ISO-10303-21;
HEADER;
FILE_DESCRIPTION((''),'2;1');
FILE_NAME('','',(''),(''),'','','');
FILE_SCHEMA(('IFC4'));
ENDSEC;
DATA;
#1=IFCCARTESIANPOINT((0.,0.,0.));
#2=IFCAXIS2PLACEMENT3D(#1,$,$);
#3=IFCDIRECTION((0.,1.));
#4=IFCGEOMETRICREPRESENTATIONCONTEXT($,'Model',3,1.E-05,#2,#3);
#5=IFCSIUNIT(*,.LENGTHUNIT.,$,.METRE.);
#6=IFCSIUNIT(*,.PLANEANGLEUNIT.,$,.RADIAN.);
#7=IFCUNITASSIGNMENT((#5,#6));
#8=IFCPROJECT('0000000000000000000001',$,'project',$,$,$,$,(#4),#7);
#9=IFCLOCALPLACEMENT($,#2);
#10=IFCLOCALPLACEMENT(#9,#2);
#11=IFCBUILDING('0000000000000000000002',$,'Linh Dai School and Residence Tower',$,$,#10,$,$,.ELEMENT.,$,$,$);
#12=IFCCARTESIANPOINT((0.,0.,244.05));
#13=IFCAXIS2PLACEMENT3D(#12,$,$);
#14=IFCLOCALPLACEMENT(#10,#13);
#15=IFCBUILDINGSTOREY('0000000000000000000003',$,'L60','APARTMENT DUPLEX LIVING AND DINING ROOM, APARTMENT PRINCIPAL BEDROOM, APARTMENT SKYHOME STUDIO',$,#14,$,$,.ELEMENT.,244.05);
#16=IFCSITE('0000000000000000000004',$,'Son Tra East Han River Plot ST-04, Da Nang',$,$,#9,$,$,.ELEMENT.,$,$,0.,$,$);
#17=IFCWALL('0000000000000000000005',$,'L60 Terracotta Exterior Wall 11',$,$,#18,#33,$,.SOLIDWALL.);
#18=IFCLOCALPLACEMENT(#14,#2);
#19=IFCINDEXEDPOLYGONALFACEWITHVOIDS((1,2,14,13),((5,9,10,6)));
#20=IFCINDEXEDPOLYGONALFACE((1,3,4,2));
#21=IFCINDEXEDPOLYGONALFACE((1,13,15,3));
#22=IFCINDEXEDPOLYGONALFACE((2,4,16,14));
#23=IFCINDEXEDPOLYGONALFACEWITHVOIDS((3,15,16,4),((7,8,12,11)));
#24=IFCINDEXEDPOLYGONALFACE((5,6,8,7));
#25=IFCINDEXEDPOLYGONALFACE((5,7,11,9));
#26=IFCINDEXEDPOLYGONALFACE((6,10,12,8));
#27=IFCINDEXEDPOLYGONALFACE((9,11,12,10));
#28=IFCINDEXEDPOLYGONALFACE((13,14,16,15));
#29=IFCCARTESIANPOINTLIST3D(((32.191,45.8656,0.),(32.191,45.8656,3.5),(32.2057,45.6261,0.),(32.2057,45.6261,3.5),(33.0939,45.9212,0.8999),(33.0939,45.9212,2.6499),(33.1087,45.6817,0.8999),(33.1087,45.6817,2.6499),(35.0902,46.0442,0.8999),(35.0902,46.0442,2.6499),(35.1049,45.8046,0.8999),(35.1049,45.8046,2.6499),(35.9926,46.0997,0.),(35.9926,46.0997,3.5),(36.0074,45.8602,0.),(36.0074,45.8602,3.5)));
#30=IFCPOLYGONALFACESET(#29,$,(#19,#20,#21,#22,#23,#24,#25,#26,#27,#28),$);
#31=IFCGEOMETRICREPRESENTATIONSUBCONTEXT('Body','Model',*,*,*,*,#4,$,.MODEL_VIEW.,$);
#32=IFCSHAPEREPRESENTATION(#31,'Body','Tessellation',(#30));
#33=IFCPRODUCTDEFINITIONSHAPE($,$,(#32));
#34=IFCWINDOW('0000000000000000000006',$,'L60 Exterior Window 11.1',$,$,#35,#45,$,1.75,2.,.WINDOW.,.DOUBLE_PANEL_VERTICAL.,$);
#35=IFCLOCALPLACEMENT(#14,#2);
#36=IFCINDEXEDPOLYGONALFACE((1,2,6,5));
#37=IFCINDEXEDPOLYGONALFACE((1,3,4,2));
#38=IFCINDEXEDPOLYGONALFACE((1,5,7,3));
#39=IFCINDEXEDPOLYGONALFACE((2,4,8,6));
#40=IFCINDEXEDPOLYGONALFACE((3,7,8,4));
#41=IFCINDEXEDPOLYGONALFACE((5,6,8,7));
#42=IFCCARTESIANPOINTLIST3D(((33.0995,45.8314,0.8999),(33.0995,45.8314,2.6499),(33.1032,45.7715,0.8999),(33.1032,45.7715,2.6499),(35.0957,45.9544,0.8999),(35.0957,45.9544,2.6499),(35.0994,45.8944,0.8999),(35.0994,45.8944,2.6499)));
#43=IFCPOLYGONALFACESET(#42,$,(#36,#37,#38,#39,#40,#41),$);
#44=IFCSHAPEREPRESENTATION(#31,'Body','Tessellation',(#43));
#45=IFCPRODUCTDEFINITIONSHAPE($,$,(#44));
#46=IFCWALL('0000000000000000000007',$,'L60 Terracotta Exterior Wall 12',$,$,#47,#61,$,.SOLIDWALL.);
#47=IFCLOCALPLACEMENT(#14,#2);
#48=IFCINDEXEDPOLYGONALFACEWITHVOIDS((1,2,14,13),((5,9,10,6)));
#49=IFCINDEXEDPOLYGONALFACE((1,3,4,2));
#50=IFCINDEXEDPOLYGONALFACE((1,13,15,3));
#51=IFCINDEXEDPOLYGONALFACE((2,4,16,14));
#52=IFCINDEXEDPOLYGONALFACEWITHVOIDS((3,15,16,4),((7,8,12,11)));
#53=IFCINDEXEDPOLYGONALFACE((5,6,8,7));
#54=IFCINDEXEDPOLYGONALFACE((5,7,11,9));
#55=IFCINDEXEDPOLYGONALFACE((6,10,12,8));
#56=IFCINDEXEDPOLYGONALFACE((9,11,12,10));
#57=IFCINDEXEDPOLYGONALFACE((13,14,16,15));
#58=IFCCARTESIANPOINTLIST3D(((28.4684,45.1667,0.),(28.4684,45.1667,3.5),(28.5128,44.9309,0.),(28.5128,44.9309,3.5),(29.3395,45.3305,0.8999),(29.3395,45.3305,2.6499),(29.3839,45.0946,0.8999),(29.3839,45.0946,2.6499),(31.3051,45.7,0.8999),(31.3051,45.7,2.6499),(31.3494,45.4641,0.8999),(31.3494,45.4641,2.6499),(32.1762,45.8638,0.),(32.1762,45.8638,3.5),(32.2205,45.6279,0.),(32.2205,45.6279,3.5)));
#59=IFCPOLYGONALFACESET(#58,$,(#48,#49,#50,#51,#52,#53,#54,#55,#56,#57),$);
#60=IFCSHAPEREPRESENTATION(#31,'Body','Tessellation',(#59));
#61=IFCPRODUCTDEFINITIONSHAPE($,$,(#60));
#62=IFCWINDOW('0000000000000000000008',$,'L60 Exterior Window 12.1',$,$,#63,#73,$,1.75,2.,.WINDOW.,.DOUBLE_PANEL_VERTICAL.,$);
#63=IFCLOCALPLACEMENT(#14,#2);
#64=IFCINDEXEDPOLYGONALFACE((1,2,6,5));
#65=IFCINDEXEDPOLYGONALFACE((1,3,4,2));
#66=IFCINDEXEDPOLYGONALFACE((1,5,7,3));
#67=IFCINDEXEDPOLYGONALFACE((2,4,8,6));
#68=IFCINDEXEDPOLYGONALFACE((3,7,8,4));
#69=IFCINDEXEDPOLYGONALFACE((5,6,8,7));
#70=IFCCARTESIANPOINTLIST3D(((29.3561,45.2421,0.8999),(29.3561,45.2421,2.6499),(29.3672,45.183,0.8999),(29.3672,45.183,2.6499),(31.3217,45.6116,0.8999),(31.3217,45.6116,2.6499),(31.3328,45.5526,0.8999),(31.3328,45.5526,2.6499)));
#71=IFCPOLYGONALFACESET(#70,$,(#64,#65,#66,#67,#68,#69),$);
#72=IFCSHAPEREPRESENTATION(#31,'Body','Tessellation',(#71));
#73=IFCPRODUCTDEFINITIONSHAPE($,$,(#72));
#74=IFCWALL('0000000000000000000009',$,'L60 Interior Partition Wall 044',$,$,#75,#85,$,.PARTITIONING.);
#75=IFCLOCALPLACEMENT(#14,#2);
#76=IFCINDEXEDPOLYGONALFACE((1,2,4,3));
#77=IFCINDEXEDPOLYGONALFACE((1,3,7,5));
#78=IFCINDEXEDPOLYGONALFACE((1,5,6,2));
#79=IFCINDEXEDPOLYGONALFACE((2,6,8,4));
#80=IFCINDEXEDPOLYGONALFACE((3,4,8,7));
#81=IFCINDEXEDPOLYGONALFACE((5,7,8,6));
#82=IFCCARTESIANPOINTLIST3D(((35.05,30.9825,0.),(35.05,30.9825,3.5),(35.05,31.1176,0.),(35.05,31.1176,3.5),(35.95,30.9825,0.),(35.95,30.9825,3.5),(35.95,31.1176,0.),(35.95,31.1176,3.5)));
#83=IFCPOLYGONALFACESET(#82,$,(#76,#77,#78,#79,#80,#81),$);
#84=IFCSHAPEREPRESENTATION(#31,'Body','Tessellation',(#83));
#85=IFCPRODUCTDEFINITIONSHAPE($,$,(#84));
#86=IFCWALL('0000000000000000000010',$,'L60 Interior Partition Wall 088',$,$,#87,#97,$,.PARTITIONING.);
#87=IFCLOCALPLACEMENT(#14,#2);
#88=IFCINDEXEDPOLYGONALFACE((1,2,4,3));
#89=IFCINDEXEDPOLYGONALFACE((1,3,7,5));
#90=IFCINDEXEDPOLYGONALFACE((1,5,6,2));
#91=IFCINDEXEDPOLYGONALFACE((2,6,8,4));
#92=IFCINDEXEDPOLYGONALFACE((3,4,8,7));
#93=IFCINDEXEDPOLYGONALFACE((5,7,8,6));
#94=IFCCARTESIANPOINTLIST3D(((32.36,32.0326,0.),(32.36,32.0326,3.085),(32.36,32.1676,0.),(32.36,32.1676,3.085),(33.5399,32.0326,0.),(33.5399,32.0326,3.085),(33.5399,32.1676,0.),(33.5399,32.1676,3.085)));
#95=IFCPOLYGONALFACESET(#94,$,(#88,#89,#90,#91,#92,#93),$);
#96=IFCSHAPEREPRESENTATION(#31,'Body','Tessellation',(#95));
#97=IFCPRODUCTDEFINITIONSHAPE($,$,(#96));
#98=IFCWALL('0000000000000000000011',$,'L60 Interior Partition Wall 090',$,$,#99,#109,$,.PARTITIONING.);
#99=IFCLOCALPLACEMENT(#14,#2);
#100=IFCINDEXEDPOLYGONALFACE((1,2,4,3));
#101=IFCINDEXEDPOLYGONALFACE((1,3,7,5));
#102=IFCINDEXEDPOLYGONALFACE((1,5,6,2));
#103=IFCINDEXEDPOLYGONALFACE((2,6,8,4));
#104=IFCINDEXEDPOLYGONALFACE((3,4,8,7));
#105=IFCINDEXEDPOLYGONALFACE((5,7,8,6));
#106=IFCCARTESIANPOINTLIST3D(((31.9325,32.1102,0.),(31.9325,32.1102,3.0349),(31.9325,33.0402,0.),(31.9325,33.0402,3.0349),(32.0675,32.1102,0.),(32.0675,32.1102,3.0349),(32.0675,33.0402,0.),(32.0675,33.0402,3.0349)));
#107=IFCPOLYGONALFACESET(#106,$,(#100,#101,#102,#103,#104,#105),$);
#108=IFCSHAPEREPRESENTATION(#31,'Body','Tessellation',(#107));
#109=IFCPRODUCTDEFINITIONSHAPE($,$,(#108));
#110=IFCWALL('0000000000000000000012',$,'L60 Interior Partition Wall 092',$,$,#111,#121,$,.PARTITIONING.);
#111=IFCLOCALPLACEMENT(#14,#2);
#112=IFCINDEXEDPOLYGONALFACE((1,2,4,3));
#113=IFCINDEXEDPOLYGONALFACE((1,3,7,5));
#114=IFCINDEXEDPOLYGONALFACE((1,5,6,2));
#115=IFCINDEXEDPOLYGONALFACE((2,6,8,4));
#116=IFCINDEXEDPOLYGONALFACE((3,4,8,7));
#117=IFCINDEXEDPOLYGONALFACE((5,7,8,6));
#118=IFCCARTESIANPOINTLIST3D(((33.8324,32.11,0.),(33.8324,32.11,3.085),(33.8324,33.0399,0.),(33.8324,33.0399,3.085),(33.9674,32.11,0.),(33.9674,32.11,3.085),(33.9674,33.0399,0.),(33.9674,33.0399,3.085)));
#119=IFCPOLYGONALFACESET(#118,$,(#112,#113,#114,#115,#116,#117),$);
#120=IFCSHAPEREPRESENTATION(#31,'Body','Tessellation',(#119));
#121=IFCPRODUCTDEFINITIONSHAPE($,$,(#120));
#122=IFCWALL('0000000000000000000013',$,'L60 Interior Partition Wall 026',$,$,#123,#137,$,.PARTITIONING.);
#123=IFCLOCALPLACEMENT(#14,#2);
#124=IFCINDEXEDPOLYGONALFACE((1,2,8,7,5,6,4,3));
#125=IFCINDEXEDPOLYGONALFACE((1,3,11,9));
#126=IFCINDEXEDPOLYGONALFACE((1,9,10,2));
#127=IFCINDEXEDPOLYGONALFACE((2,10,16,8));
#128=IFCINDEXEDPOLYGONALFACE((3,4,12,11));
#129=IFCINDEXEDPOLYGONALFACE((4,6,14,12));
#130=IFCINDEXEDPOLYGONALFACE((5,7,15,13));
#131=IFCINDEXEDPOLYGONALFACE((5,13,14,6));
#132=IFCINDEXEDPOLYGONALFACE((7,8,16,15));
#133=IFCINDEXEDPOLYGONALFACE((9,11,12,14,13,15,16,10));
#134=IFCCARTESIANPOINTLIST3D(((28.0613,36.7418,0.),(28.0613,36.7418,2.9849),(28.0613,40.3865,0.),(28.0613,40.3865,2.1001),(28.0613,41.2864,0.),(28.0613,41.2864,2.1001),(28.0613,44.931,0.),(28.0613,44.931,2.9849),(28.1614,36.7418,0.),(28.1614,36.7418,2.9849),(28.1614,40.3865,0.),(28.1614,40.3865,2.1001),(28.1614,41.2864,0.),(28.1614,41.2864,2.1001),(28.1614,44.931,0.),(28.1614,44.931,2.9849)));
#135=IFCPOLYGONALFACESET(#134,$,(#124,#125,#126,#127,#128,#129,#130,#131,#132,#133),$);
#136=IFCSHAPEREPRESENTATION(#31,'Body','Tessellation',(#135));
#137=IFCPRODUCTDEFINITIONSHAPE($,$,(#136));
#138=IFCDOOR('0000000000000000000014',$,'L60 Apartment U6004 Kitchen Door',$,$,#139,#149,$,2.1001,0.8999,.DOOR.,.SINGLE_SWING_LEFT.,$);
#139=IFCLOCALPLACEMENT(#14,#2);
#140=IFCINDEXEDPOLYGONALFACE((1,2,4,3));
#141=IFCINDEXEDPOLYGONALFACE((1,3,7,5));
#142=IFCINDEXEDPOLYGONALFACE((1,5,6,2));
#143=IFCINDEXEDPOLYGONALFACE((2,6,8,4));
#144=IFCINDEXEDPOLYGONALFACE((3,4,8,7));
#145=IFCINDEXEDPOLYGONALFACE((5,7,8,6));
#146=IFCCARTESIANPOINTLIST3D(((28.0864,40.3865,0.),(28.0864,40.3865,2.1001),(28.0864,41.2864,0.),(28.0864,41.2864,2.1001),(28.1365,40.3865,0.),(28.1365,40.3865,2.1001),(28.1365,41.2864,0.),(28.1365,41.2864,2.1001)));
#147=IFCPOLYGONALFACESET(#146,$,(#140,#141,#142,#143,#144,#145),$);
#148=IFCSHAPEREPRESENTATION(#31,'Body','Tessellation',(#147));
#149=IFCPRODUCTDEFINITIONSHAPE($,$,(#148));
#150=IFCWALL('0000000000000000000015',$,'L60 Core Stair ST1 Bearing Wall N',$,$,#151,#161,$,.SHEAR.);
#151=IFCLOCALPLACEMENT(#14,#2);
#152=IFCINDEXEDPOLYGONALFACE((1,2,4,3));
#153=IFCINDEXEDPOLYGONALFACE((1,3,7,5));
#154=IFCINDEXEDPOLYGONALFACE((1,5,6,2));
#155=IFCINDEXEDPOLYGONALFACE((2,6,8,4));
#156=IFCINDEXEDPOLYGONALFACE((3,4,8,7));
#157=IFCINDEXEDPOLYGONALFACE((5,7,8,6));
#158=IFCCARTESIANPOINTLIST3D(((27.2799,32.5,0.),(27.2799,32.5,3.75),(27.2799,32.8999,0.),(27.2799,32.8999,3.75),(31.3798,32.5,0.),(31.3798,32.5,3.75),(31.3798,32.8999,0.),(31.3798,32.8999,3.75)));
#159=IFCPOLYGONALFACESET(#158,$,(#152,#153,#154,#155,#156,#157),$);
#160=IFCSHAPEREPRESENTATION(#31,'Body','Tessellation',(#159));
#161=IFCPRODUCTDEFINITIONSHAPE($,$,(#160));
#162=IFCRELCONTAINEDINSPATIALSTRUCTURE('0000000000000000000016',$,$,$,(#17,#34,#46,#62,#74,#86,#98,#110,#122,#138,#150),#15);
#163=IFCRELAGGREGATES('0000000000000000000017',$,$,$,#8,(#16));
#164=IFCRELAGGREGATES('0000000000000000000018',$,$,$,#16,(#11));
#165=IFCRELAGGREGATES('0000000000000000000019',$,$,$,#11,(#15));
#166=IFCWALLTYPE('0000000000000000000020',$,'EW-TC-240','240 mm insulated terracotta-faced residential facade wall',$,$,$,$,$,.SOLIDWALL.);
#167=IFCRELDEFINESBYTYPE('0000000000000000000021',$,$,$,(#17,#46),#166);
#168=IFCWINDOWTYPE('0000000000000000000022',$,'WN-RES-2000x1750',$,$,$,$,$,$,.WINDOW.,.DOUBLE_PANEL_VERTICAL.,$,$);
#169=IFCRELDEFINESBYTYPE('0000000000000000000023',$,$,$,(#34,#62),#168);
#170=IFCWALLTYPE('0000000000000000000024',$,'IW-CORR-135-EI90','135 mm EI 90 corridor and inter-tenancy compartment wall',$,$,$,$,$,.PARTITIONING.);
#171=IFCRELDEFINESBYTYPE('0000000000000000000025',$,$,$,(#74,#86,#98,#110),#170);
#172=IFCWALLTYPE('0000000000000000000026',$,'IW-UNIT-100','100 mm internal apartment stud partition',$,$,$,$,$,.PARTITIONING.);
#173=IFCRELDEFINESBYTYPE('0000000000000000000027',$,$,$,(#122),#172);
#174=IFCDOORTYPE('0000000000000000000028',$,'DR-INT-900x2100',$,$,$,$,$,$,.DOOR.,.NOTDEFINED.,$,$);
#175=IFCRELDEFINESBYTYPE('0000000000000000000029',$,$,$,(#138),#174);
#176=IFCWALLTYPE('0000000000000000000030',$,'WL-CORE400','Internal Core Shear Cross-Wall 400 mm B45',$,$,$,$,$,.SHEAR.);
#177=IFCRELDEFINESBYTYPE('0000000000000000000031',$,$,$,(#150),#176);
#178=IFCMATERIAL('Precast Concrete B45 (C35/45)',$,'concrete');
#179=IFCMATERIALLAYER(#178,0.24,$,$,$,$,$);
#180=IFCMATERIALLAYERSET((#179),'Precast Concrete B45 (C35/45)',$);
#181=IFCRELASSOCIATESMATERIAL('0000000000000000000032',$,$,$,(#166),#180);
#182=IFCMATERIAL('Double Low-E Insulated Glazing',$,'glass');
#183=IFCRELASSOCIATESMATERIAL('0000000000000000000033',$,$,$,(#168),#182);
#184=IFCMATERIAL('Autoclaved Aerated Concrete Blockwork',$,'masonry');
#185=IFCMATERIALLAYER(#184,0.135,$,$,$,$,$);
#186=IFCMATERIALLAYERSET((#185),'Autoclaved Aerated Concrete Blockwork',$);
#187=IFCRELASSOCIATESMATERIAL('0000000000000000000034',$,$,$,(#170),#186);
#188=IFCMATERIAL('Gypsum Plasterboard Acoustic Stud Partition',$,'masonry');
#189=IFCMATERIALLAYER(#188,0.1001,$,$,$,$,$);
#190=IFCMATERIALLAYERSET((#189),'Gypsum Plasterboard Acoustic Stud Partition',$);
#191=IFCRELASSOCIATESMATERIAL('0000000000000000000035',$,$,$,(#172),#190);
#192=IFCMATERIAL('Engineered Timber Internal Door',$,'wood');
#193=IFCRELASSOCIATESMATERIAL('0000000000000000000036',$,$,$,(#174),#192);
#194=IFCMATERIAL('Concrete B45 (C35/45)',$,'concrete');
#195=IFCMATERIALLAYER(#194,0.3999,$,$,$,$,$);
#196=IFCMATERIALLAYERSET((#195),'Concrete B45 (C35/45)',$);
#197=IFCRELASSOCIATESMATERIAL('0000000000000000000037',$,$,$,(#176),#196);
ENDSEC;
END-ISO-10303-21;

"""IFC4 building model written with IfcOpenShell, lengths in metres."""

from ifc_helpers import new_model, si_unit, direction, frame, frame_2d, origin, origin_2d, place, context, subcontext, project, spatial, rectangle, extrude, source, transform, mapped, material, layer, layer_set, type_object, element, fill, save


model = new_model("IFC4")

# Units and contexts
model_context = context("Model", 3, precision=1e-05, world=origin(), true_north=direction((0.0, 1.0)))
body_context = subcontext(model_context, "Body", "Model", "MODEL_VIEW")
ifc_project = project(units=[si_unit("LENGTHUNIT", "METRE"), si_unit("PLANEANGLEUNIT", "RADIAN")], contexts=[model_context])

# Site, building, storey
site_placement = place(None, origin())
site = spatial("IfcSite", under=ifc_project, at=site_placement, Name="Son Tra East Han River Plot ST-04, Da Nang", CompositionType="ELEMENT", RefElevation=0.0)
building_placement = place(site_placement, origin())
building = spatial("IfcBuilding", under=site, at=building_placement, Name="Linh Dai School and Residence Tower", CompositionType="ELEMENT")
storey_placement = place(building_placement, frame((0.0, 0.0, 244.05)))
storey = spatial("IfcBuildingStorey", under=building, at=storey_placement, Name="L60", Description="APARTMENT DUPLEX LIVING AND DINING ROOM, APARTMENT PRINCIPAL BEDROOM, APARTMENT SKYHOME STUDIO", CompositionType="ELEMENT", Elevation=244.05)

# Walls, openings, windows
ifc_material_1 = material(Name="Precast Concrete B45 (C35/45)", Category="concrete")
ifc_layer_1 = layer(ifc_material_1, 0.24)
ifc_layer_set_1 = layer_set([ifc_layer_1], Name="Precast Concrete B45 (C35/45)")
wall_type_1 = type_object("IfcWallType", Name="EW-TC-240", Description="240 mm insulated terracotta-faced residential facade wall", PredefinedType="SOLIDWALL", material=ifc_layer_set_1)
wall_1_placement = place(storey_placement, frame((32.1985, 45.7458, 0.0), z_axis=(0.0, 0.0, 1.0), x_axis=(0.998109, 0.061472, 0.0)))
wall_1 = element("IfcWall", 1, at=wall_1_placement, inside=storey, type_object=wall_type_1, Name="L60 Terracotta Exterior Wall 11", PredefinedType="SOLIDWALL", context=body_context, shape_type="SweptSolid", body=[
    extrude(rectangle(XDim=3.8088, YDim=0.24, at=frame_2d((1.9043, 0.0))), origin(), (0.0, 0.0, 1.0), 3.5),
])
opening_1_placement = place(wall_1_placement, frame((0.9045, 0.0, 0.8999)))
opening_1 = element("IfcOpeningElement", 2, at=opening_1_placement, cuts=wall_1, PredefinedType="OPENING", context=body_context, shape_type="SweptSolid", body=[
    extrude(rectangle(XDim=2.0, YDim=1.75, at=origin_2d()), frame((1.0, 0.1299, 0.875), z_axis=(0.0, -1.0, 0.0), x_axis=(1.0, 0.0, 0.0)), (0.0, 0.0, 1.0), 0.26),
])
ifc_material_2 = material(Name="Double Low-E Insulated Glazing", Category="glass")
window_type = type_object("IfcWindowType", Name="WN-RES-2000x1750", PartitioningType="DOUBLE_PANEL_VERTICAL", PredefinedType="WINDOW", material=ifc_material_2)
shared_shape_1 = source(origin(), body_context, "Body", "SweptSolid", [
    extrude(rectangle(XDim=2.0, YDim=1.75, at=origin_2d()), frame((1.0, 0.03, 0.875), z_axis=(0.0, -1.0, 0.0), x_axis=(1.0, 0.0, 0.0)), (0.0, 0.0, 1.0), 0.0601),
])
window_1_placement = place(opening_1_placement, origin())
window_1 = element("IfcWindow", 3, at=window_1_placement, inside=storey, type_object=window_type, Name="L60 Exterior Window 11.1", OverallHeight=1.75, OverallWidth=2.0, PartitioningType="DOUBLE_PANEL_VERTICAL", PredefinedType="WINDOW", context=body_context, shape_type="MappedRepresentation", body=[
    mapped(shared_shape_1, transform((0.0, 0.0, 0.0), x_axis=(1.0, 0.0, 0.0), y_axis=(0.0, 1.0, 0.0), z_axis=(0.0, 0.0, 1.0), scale=1.0)),
])
fill(opening_1, window_1)
wall_2_placement = place(storey_placement, frame((28.4907, 45.0488, 0.0), z_axis=(0.0, 0.0, 1.0), x_axis=(0.982785, 0.184753, 0.0)))
wall_2 = element("IfcWall", 4, at=wall_2_placement, inside=storey, type_object=wall_type_1, Name="L60 Terracotta Exterior Wall 12", PredefinedType="SOLIDWALL", context=body_context, shape_type="SweptSolid", body=[
    extrude(rectangle(XDim=3.7727, YDim=0.24, at=frame_2d((1.8862, 0.0))), origin(), (0.0, 0.0, 1.0), 3.5),
])
opening_2_placement = place(wall_2_placement, frame((0.8862, 0.0, 0.8999)))
opening_2 = element("IfcOpeningElement", 5, at=opening_2_placement, cuts=wall_2, PredefinedType="OPENING", context=body_context, shape_type="SweptSolid", body=[
    extrude(rectangle(XDim=2.0, YDim=1.75, at=origin_2d()), frame((1.0, 0.1299, 0.875), z_axis=(0.0, -1.0, 0.0), x_axis=(1.0, 0.0, 0.0)), (0.0, 0.0, 1.0), 0.26),
])
window_2_placement = place(opening_2_placement, origin())
window_2 = element("IfcWindow", 6, at=window_2_placement, inside=storey, type_object=window_type, Name="L60 Exterior Window 12.1", OverallHeight=1.75, OverallWidth=2.0, PartitioningType="DOUBLE_PANEL_VERTICAL", PredefinedType="WINDOW", context=body_context, shape_type="MappedRepresentation", body=[
    mapped(shared_shape_1, transform((0.0, 0.0, 0.0), x_axis=(1.0, 0.0, 0.0), y_axis=(0.0, 1.0, 0.0), z_axis=(0.0, 0.0, 1.0), scale=1.0)),
])
fill(opening_2, window_2)

# Walls
ifc_material_3 = material(Name="Autoclaved Aerated Concrete Blockwork", Category="masonry")
ifc_layer_2 = layer(ifc_material_3, 0.135)
ifc_layer_set_2 = layer_set([ifc_layer_2], Name="Autoclaved Aerated Concrete Blockwork")
wall_type_2 = type_object("IfcWallType", Name="IW-CORR-135-EI90", Description="135 mm EI 90 corridor and inter-tenancy compartment wall", PredefinedType="PARTITIONING", material=ifc_layer_set_2)
wall_3_placement = place(storey_placement, frame((35.05, 31.05, 0.0), z_axis=(0.0, 0.0, 1.0), x_axis=(1.0, 0.0, 0.0)))
element("IfcWall", 7, at=wall_3_placement, inside=storey, type_object=wall_type_2, Name="L60 Interior Partition Wall 044", PredefinedType="PARTITIONING", context=body_context, shape_type="SweptSolid", body=[
    extrude(rectangle(XDim=0.8999, YDim=0.135, at=frame_2d((0.45, 0.0))), origin(), (0.0, 0.0, 1.0), 3.5),
])
wall_4_placement = place(storey_placement, frame((32.3601, 32.1001, 0.0), z_axis=(0.0, 0.0, 1.0), x_axis=(1.0, 0.0, 0.0)))
element("IfcWall", 8, at=wall_4_placement, inside=storey, type_object=wall_type_2, Name="L60 Interior Partition Wall 088", PredefinedType="PARTITIONING", context=body_context, shape_type="SweptSolid", body=[
    extrude(rectangle(XDim=1.1799, YDim=0.135, at=frame_2d((0.5898, 0.0))), origin(), (0.0, 0.0, 1.0), 3.085),
])
wall_5_placement = place(storey_placement, frame((32.0, 33.04, 0.0), z_axis=(0.0, 0.0, 1.0), x_axis=(0.0, -1.0, 0.0)))
element("IfcWall", 9, at=wall_5_placement, inside=storey, type_object=wall_type_2, Name="L60 Interior Partition Wall 090", PredefinedType="PARTITIONING", context=body_context, shape_type="SweptSolid", body=[
    extrude(rectangle(XDim=0.9299, YDim=0.135, at=frame_2d((0.4648, 0.0))), origin(), (0.0, 0.0, 1.0), 3.0349),
])
wall_6_placement = place(storey_placement, frame((33.8999, 32.1101, 0.0), z_axis=(0.0, 0.0, 1.0), x_axis=(0.0, 1.0, 0.0)))
element("IfcWall", 10, at=wall_6_placement, inside=storey, type_object=wall_type_2, Name="L60 Interior Partition Wall 092", PredefinedType="PARTITIONING", context=body_context, shape_type="SweptSolid", body=[
    extrude(rectangle(XDim=0.9299, YDim=0.135, at=frame_2d((0.4648, 0.0))), origin(), (0.0, 0.0, 1.0), 3.085),
])

# Wall, opening, door
ifc_material_4 = material(Name="Gypsum Plasterboard Acoustic Stud Partition", Category="masonry")
ifc_layer_3 = layer(ifc_material_4, 0.1001)
ifc_layer_set_3 = layer_set([ifc_layer_3], Name="Gypsum Plasterboard Acoustic Stud Partition")
wall_type_3 = type_object("IfcWallType", Name="IW-UNIT-100", Description="100 mm internal apartment stud partition", PredefinedType="PARTITIONING", material=ifc_layer_set_3)
wall_7_placement = place(storey_placement, frame((28.1113, 36.7417, 0.0), z_axis=(0.0, 0.0, 1.0), x_axis=(0.0, 1.0, 0.0)))
wall_7 = element("IfcWall", 11, at=wall_7_placement, inside=storey, type_object=wall_type_3, Name="L60 Interior Partition Wall 026", PredefinedType="PARTITIONING", context=body_context, shape_type="SweptSolid", body=[
    extrude(rectangle(XDim=8.1892, YDim=0.1001, at=frame_2d((4.0947, 0.0))), origin(), (0.0, 0.0, 1.0), 2.9849),
])
opening_3_placement = place(wall_7_placement, frame((3.6448, 0.0, 0.0)))
opening_3 = element("IfcOpeningElement", 12, at=opening_3_placement, cuts=wall_7, PredefinedType="OPENING", context=body_context, shape_type="SweptSolid", body=[
    extrude(rectangle(XDim=0.8999, YDim=2.1001, at=origin_2d()), frame((0.45, 0.0601, 1.05), z_axis=(0.0, -1.0, 0.0), x_axis=(1.0, 0.0, 0.0)), (0.0, 0.0, 1.0), 0.1201),
])
ifc_material_5 = material(Name="Engineered Timber Internal Door", Category="wood")
door_type_1 = type_object("IfcDoorType", Name="DR-INT-900x2100", OperationType="NOTDEFINED", PredefinedType="DOOR", material=ifc_material_5)
shared_shape_2 = source(origin(), body_context, "Body", "SweptSolid", [
    extrude(rectangle(XDim=0.8999, YDim=2.1001, at=origin_2d()), frame((0.45, 0.0249, 1.05), z_axis=(0.0, -1.0, 0.0), x_axis=(1.0, 0.0, 0.0)), (0.0, 0.0, 1.0), 0.05),
])
door_1_placement = place(opening_3_placement, origin())
door_1 = element("IfcDoor", 13, at=door_1_placement, inside=storey, type_object=door_type_1, Name="L60 Apartment U6004 Kitchen Door", OperationType="SINGLE_SWING_LEFT", OverallHeight=2.1001, OverallWidth=0.8999, PredefinedType="DOOR", context=body_context, shape_type="MappedRepresentation", body=[
    mapped(shared_shape_2, transform((0.0, 0.0, 0.0), x_axis=(1.0, 0.0, 0.0), y_axis=(0.0, 1.0, 0.0), z_axis=(0.0, 0.0, 1.0), scale=1.0)),
])
fill(opening_3, door_1)

# Wall
ifc_material_6 = material(Name="Concrete B45 (C35/45)", Category="concrete")
ifc_layer_4 = layer(ifc_material_6, 0.3999)
ifc_layer_set_4 = layer_set([ifc_layer_4], Name="Concrete B45 (C35/45)")
wall_type_4 = type_object("IfcWallType", Name="WL-CORE400", Description="Internal Core Shear Cross-Wall 400 mm B45", PredefinedType="SHEAR", material=ifc_layer_set_4)
wall_8_placement = place(storey_placement, frame((27.28, 32.7, 0.0), z_axis=(0.0, 0.0, 1.0), x_axis=(1.0, 0.0, 0.0)))
element("IfcWall", 14, at=wall_8_placement, inside=storey, type_object=wall_type_4, Name="L60 Core Stair ST1 Bearing Wall N", PredefinedType="SHEAR", context=body_context, shape_type="SweptSolid", body=[
    extrude(rectangle(XDim=4.0999, YDim=0.3999, at=frame_2d((2.0498, 0.0))), origin(), (0.0, 0.0, 1.0), 3.75),
])

save(model, "model.ifc")
